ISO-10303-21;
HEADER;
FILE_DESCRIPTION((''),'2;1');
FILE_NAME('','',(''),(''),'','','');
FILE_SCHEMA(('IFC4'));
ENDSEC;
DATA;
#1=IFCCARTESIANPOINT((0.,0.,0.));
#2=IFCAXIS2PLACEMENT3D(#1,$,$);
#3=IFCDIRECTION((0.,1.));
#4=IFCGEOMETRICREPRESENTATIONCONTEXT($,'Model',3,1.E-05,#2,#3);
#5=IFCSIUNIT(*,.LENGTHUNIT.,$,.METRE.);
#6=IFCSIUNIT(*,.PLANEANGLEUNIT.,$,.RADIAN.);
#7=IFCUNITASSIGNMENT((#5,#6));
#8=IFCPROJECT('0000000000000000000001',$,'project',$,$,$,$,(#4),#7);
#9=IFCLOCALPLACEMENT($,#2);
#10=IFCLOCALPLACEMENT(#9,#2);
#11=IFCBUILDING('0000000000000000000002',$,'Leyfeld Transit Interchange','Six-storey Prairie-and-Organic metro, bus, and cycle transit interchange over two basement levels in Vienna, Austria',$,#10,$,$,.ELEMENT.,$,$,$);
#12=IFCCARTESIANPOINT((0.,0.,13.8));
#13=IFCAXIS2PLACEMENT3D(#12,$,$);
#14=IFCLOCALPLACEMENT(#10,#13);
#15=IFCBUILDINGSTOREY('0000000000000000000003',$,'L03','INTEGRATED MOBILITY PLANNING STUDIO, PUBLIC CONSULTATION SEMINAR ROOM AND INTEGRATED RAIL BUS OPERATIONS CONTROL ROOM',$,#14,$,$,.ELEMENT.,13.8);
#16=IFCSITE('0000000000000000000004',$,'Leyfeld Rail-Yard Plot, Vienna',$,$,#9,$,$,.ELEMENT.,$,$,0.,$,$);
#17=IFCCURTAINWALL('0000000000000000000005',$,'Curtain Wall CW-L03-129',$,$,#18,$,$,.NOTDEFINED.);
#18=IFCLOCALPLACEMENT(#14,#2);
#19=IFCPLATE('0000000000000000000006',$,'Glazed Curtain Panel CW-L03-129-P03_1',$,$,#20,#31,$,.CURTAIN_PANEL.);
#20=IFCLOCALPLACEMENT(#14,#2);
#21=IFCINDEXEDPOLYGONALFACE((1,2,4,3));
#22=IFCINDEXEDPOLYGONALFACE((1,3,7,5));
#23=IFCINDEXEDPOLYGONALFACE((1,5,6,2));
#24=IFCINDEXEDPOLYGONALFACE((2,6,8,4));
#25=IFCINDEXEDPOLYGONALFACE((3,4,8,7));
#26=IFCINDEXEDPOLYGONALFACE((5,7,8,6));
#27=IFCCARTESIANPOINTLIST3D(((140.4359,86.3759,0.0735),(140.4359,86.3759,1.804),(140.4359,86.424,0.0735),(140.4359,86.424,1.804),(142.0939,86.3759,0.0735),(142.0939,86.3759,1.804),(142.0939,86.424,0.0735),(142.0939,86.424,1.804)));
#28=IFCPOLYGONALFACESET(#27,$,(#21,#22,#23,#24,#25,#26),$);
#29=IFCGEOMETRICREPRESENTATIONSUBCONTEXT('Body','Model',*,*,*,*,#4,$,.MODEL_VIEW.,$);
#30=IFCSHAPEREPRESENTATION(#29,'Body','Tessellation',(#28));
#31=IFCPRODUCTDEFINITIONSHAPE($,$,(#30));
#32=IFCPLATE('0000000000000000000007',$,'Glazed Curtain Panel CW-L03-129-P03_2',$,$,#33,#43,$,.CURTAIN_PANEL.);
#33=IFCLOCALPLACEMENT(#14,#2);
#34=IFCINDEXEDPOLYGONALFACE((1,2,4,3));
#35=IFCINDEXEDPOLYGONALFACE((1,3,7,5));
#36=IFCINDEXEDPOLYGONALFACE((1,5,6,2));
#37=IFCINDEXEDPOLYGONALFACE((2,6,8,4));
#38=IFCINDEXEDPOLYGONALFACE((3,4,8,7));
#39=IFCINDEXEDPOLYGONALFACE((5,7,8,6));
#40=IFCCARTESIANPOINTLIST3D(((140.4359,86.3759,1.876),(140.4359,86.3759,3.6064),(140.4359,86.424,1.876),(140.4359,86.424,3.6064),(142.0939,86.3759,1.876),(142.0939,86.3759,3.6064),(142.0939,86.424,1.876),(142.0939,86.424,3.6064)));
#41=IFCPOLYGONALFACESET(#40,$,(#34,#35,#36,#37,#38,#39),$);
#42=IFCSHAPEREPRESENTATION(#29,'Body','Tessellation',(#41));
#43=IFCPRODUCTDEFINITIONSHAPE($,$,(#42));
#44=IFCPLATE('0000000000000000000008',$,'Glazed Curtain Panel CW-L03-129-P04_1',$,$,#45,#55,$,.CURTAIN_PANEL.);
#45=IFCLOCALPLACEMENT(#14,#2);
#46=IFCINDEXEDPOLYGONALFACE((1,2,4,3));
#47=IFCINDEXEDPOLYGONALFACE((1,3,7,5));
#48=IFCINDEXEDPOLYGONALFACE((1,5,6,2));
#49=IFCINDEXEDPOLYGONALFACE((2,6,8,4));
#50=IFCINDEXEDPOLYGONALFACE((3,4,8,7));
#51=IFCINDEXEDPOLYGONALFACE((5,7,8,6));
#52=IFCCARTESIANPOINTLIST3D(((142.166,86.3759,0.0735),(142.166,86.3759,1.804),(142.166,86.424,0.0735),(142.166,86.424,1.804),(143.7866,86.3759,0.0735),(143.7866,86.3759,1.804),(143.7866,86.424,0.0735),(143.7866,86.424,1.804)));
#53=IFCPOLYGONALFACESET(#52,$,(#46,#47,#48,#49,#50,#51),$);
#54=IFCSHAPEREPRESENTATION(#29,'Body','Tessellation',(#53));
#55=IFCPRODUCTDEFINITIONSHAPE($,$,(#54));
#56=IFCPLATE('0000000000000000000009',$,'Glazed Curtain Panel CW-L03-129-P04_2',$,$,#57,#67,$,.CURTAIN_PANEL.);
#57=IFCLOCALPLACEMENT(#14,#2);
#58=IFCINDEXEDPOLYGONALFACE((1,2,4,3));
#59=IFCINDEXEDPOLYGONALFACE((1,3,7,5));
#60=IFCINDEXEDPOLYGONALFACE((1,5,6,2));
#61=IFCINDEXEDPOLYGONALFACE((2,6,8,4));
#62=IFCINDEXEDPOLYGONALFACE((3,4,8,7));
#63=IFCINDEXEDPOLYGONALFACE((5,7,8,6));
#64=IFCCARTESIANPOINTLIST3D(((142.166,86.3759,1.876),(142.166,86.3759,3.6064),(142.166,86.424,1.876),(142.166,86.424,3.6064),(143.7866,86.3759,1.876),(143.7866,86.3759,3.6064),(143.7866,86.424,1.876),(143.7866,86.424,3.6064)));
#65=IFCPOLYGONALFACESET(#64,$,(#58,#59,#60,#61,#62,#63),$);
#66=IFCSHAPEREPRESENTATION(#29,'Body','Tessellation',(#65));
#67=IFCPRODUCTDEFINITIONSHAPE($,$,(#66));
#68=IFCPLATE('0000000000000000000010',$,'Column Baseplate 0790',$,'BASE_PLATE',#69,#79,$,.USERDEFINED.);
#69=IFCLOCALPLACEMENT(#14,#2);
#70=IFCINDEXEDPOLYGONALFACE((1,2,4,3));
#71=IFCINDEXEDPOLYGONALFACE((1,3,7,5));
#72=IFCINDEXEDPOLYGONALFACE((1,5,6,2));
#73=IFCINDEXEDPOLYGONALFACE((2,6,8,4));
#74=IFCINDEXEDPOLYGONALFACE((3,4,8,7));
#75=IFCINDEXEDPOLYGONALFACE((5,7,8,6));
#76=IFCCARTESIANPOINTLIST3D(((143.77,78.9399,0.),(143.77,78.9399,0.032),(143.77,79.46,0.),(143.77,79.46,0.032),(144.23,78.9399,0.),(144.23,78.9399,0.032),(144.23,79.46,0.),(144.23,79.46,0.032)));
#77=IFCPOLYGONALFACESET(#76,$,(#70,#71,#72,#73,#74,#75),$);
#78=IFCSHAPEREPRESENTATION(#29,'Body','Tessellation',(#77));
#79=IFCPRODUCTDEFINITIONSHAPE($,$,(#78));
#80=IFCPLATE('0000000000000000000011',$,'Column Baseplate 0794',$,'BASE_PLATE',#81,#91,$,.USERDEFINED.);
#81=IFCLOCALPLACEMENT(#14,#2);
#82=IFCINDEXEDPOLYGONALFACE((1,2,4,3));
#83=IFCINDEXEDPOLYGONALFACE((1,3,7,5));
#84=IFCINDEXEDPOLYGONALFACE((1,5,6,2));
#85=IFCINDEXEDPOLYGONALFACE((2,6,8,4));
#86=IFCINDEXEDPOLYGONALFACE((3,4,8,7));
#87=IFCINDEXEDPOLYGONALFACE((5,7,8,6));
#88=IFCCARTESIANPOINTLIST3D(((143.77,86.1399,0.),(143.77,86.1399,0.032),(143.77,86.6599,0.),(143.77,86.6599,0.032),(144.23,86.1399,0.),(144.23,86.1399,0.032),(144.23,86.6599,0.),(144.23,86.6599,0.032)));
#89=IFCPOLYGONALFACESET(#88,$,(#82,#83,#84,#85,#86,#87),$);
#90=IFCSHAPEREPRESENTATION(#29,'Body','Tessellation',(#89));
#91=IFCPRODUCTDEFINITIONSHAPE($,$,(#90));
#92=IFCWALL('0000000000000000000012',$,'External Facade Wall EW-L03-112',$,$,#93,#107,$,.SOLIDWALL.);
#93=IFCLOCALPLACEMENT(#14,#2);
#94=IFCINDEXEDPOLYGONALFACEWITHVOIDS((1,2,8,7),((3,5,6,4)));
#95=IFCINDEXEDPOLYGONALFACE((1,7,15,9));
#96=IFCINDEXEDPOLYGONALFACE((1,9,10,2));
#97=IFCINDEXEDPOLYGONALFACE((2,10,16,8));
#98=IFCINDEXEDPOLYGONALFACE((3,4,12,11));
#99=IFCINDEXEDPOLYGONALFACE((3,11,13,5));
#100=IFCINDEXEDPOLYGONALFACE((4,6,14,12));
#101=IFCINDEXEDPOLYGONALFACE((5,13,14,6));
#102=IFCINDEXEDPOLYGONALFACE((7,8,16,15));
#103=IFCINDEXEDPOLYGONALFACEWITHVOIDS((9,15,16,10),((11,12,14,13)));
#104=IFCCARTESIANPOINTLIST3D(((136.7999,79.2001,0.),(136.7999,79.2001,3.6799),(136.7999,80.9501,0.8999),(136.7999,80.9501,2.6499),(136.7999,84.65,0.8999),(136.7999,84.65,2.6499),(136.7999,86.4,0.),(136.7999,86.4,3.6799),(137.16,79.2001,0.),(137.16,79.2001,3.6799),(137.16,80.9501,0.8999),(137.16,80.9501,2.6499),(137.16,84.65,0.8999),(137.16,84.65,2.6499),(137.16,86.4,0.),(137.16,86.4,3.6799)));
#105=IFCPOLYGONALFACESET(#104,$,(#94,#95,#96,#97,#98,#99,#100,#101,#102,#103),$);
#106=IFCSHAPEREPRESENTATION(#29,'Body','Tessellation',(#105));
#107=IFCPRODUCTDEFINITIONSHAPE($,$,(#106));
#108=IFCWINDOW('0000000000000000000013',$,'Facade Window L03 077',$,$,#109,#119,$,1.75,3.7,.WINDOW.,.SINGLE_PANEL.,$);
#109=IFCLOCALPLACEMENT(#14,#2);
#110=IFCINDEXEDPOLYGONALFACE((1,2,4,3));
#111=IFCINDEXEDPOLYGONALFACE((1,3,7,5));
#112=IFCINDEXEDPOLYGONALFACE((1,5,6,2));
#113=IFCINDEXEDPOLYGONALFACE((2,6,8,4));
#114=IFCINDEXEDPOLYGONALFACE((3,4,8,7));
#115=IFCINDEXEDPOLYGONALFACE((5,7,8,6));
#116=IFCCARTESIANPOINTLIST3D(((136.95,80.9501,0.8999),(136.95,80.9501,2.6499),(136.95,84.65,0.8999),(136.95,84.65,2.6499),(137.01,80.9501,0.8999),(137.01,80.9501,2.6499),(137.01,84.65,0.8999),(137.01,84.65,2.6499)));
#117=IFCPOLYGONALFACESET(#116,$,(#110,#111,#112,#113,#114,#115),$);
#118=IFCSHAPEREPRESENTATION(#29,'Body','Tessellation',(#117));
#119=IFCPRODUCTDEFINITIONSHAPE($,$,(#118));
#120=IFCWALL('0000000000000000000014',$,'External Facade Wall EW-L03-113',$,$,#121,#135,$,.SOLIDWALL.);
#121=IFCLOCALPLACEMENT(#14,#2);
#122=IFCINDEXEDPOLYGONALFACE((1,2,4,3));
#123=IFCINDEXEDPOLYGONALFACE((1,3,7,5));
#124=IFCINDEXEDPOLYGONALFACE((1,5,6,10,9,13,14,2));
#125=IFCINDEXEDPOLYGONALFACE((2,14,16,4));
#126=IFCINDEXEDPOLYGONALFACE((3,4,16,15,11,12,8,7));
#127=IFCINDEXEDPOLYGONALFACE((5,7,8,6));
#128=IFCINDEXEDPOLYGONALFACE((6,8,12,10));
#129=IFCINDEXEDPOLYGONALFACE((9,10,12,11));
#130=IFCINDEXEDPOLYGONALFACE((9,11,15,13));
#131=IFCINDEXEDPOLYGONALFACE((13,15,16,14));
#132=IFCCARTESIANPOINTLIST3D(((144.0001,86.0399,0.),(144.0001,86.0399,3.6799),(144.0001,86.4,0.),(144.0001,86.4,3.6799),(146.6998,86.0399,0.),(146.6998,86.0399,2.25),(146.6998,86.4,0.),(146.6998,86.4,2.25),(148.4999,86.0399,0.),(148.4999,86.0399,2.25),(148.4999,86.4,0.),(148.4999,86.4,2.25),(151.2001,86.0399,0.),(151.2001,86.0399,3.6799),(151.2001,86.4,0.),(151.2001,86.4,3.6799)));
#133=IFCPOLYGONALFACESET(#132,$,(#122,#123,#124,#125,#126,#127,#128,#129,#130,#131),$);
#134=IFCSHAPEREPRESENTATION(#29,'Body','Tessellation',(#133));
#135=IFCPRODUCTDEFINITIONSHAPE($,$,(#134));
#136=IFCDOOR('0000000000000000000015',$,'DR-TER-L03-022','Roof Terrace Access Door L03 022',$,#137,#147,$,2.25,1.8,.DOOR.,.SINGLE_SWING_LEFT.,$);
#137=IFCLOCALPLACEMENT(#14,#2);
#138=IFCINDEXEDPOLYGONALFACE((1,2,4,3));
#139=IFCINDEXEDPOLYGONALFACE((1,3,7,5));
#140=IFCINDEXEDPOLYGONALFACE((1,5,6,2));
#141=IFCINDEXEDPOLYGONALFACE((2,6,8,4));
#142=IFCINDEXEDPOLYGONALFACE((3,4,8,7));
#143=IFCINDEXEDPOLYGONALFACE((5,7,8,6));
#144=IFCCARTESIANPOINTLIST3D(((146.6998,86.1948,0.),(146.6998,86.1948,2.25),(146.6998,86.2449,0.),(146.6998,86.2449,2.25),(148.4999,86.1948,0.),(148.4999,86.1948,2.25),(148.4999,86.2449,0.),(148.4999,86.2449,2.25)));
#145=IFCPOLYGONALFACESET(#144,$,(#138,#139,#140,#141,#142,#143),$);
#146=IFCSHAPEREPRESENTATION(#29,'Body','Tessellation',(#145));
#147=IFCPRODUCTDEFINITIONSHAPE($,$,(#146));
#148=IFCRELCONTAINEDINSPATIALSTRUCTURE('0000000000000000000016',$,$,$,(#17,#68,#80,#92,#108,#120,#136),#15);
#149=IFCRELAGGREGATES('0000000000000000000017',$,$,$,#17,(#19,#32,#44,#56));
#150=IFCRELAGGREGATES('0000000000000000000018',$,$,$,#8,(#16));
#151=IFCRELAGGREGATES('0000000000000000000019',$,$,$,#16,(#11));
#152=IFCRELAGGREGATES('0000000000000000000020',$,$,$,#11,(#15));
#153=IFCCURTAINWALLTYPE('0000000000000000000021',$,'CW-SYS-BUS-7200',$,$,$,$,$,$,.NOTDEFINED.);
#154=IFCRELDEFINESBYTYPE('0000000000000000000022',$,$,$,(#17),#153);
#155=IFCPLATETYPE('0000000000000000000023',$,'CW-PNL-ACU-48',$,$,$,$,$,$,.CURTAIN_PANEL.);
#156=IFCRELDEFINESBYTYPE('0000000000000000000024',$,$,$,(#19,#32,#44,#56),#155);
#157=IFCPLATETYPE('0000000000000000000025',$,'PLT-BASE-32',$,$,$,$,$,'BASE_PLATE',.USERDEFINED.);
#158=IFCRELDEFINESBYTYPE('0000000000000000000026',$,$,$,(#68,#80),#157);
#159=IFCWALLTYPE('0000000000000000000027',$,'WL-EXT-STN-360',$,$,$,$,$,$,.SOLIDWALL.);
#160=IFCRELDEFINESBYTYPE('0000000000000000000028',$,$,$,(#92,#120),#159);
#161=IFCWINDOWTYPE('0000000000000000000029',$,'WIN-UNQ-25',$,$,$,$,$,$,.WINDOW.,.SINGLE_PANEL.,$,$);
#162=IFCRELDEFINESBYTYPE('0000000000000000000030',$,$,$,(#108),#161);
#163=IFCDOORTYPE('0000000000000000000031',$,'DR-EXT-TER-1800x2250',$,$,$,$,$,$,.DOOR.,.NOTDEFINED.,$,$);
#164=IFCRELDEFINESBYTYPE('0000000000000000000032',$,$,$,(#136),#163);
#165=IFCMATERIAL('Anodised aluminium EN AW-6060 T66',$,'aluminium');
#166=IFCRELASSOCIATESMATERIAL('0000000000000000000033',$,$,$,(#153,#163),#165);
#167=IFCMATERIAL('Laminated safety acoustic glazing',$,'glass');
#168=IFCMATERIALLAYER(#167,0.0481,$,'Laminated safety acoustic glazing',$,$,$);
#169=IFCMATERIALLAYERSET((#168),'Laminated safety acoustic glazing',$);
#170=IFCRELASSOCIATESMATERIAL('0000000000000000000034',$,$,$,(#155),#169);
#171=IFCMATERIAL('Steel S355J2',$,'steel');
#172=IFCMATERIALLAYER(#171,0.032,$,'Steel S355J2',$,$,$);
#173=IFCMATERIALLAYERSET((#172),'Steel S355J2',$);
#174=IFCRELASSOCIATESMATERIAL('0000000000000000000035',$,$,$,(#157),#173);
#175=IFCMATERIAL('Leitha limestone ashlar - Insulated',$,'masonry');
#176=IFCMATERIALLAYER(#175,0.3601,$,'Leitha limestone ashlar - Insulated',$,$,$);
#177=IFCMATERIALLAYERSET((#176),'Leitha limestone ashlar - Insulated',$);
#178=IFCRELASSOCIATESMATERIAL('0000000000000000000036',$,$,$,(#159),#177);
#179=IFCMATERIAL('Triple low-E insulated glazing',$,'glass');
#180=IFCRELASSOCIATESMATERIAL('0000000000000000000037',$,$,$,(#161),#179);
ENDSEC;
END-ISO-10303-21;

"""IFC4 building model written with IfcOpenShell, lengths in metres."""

from ifc_helpers import new_model, si_unit, direction, frame, frame_2d, origin, origin_2d, place, context, subcontext, project, spatial, rectangle, extrude, material, layer, layer_set, type_object, element, fill, aggregate, save


model = new_model("IFC4")

# Units and contexts
model_context = context("Model", 3, precision=1e-05, world=origin(), true_north=direction((0.0, 1.0)))
body_context = subcontext(model_context, "Body", "Model", "MODEL_VIEW")
ifc_project = project(units=[si_unit("LENGTHUNIT", "METRE"), si_unit("PLANEANGLEUNIT", "RADIAN")], contexts=[model_context])

# Site, building, storey
site_placement = place(None, origin())
site = spatial("IfcSite", under=ifc_project, at=site_placement, Name="Leyfeld Rail-Yard Plot, Vienna", CompositionType="ELEMENT", RefElevation=0.0)
building_placement = place(site_placement, origin())
building = spatial("IfcBuilding", under=site, at=building_placement, Name="Leyfeld Transit Interchange", Description="Six-storey Prairie-and-Organic metro, bus, and cycle transit interchange over two basement levels in Vienna, Austria", CompositionType="ELEMENT")
storey_placement = place(building_placement, frame((0.0, 0.0, 13.8)))
storey = spatial("IfcBuildingStorey", under=building, at=storey_placement, Name="L03", Description="INTEGRATED MOBILITY PLANNING STUDIO, PUBLIC CONSULTATION SEMINAR ROOM AND INTEGRATED RAIL BUS OPERATIONS CONTROL ROOM", CompositionType="ELEMENT", Elevation=13.8)

# Shared definitions
ifc_material_1 = material(Name="Steel S355J2", Category="steel")

# Curtain wall, plates
ifc_material_2 = material(Name="Anodised aluminium EN AW-6060 T66", Category="aluminium")
curtain_wall_type = type_object("IfcCurtainWallType", Name="CW-SYS-BUS-7200", PredefinedType="NOTDEFINED", material=ifc_material_2)
curtain_wall_placement = place(storey_placement, origin())
curtain_wall = element("IfcCurtainWall", 1, at=curtain_wall_placement, inside=storey, type_object=curtain_wall_type, Name="Curtain Wall CW-L03-129", PredefinedType="NOTDEFINED")
ifc_material_3 = material(Name="Laminated safety acoustic glazing", Category="glass")
ifc_layer_1 = layer(ifc_material_3, 0.0481, Name="Laminated safety acoustic glazing")
ifc_layer_set_1 = layer_set([ifc_layer_1], Name="Laminated safety acoustic glazing")
plate_type_1 = type_object("IfcPlateType", Name="CW-PNL-ACU-48", PredefinedType="CURTAIN_PANEL", material=ifc_layer_set_1)
plate_1_placement = place(storey_placement, frame((141.2649, 86.3999, 0.0735), z_axis=(0.0, 0.0, 1.0), x_axis=(1.0, 0.0, 0.0)))
plate_1 = element("IfcPlate", 2, at=plate_1_placement, type_object=plate_type_1, Name="Glazed Curtain Panel CW-L03-129-P03_1", PredefinedType="CURTAIN_PANEL", context=body_context, shape_type="SweptSolid", body=[
    extrude(rectangle(XDim=1.658, YDim=0.0481, at=origin_2d()), origin(), (0.0, 0.0, 1.0), 1.7305),
])
plate_2_placement = place(storey_placement, frame((141.2649, 86.3999, 1.876), z_axis=(0.0, 0.0, 1.0), x_axis=(1.0, 0.0, 0.0)))
plate_2 = element("IfcPlate", 3, at=plate_2_placement, type_object=plate_type_1, Name="Glazed Curtain Panel CW-L03-129-P03_2", PredefinedType="CURTAIN_PANEL", context=body_context, shape_type="SweptSolid", body=[
    extrude(rectangle(XDim=1.658, YDim=0.0481, at=origin_2d()), origin(), (0.0, 0.0, 1.0), 1.7305),
])
plate_3_placement = place(storey_placement, frame((142.9763, 86.3999, 0.0735), z_axis=(0.0, 0.0, 1.0), x_axis=(1.0, 0.0, 0.0)))
plate_3 = element("IfcPlate", 4, at=plate_3_placement, type_object=plate_type_1, Name="Glazed Curtain Panel CW-L03-129-P04_1", PredefinedType="CURTAIN_PANEL", context=body_context, shape_type="SweptSolid", body=[
    extrude(rectangle(XDim=1.6206, YDim=0.0481, at=origin_2d()), origin(), (0.0, 0.0, 1.0), 1.7305),
])
plate_4_placement = place(storey_placement, frame((142.9763, 86.3999, 1.876), z_axis=(0.0, 0.0, 1.0), x_axis=(1.0, 0.0, 0.0)))
plate_4 = element("IfcPlate", 5, at=plate_4_placement, type_object=plate_type_1, Name="Glazed Curtain Panel CW-L03-129-P04_2", PredefinedType="CURTAIN_PANEL", context=body_context, shape_type="SweptSolid", body=[
    extrude(rectangle(XDim=1.6206, YDim=0.0481, at=origin_2d()), origin(), (0.0, 0.0, 1.0), 1.7305),
])
aggregate(curtain_wall, [plate_1, plate_2, plate_3, plate_4])

# Plates
ifc_layer_2 = layer(ifc_material_1, 0.032, Name="Steel S355J2")
ifc_layer_set_2 = layer_set([ifc_layer_2], Name="Steel S355J2")
plate_type_2 = type_object("IfcPlateType", Name="PLT-BASE-32", ElementType="BASE_PLATE", PredefinedType="USERDEFINED", material=ifc_layer_set_2)
for number, where, z_axis, x_axis, name in (
    (6, (144.0, 79.2, 0.0), (0.0, 0.0, 1.0), (1.0, 0.0, 0.0), "Column Baseplate 0790"),
    (7, (144.0, 86.3999, 0.0), (0.0, 0.0, 1.0), (1.0, 0.0, 0.0), "Column Baseplate 0794"),
):
    element("IfcPlate", number, at=place(storey_placement, frame(where, z_axis=z_axis, x_axis=x_axis)), inside=storey, type_object=plate_type_2, Name=name, ObjectType="BASE_PLATE", PredefinedType="USERDEFINED", context=body_context, shape_type="SweptSolid", body=[
        extrude(rectangle(XDim=0.46, YDim=0.52, at=origin_2d()), origin(), (0.0, 0.0, 1.0), 0.032),
    ])

# Wall, opening, window
ifc_material_4 = material(Name="Leitha limestone ashlar - Insulated", Category="masonry")
ifc_layer_3 = layer(ifc_material_4, 0.3601, Name="Leitha limestone ashlar - Insulated")
ifc_layer_set_3 = layer_set([ifc_layer_3], Name="Leitha limestone ashlar - Insulated")
wall_type = type_object("IfcWallType", Name="WL-EXT-STN-360", PredefinedType="SOLIDWALL", material=ifc_layer_set_3)
wall_1_placement = place(storey_placement, frame((136.98, 79.2, 0.0), z_axis=(0.0, 0.0, 1.0), x_axis=(0.0, 1.0, 0.0)))
wall_1 = element("IfcWall", 8, at=wall_1_placement, inside=storey, type_object=wall_type, Name="External Facade Wall EW-L03-112", PredefinedType="SOLIDWALL", context=body_context, shape_type="SweptSolid", body=[
    extrude(rectangle(XDim=7.2, YDim=0.3601, at=frame_2d((3.6001, 0.0))), origin(), (0.0, 0.0, 1.0), 3.6799),
])
opening_1_placement = place(wall_1_placement, frame((1.75, 0.0, 0.8999)))
opening_1 = element("IfcOpeningElement", 9, at=opening_1_placement, cuts=wall_1, PredefinedType="OPENING", context=body_context, shape_type="SweptSolid", body=[
    extrude(rectangle(XDim=3.7, YDim=1.75, at=frame_2d((1.8501, 0.875))), frame((0.0, 0.1899, 0.0), z_axis=(0.0, -1.0, 0.0), x_axis=(1.0, 0.0, 0.0)), (0.0, 0.0, 1.0), 0.3801),
])
ifc_material_5 = material(Name="Triple low-E insulated glazing", Category="glass")
window_type = type_object("IfcWindowType", Name="WIN-UNQ-25", PartitioningType="SINGLE_PANEL", PredefinedType="WINDOW", material=ifc_material_5)
window_placement = place(opening_1_placement, origin())
window = element("IfcWindow", 10, at=window_placement, inside=storey, type_object=window_type, Name="Facade Window L03 077", OverallHeight=1.75, OverallWidth=3.7, PartitioningType="SINGLE_PANEL", PredefinedType="WINDOW", context=body_context, shape_type="SweptSolid", body=[
    extrude(rectangle(XDim=3.7, YDim=1.75, at=frame_2d((1.8501, 0.875))), frame((0.0, 0.03, 0.0), z_axis=(0.0, -1.0, 0.0), x_axis=(1.0, 0.0, 0.0)), (0.0, 0.0, 1.0), 0.0601),
])
fill(opening_1, window)

# Wall, opening, door
wall_2_placement = place(storey_placement, frame((144.0, 86.22, 0.0), z_axis=(0.0, 0.0, 1.0), x_axis=(1.0, 0.0, 0.0)))
wall_2 = element("IfcWall", 11, at=wall_2_placement, inside=storey, type_object=wall_type, Name="External Facade Wall EW-L03-113", PredefinedType="SOLIDWALL", context=body_context, shape_type="SweptSolid", body=[
    extrude(rectangle(XDim=7.2, YDim=0.3601, at=frame_2d((3.6001, 0.0))), origin(), (0.0, 0.0, 1.0), 3.6799),
])
opening_2_placement = place(wall_2_placement, frame((2.7, 0.0, 0.0)))
opening_2 = element("IfcOpeningElement", 12, at=opening_2_placement, cuts=wall_2, PredefinedType="OPENING", context=body_context, shape_type="SweptSolid", body=[
    extrude(rectangle(XDim=1.8, YDim=2.25, at=frame_2d((0.8999, 1.125))), frame((0.0, 0.1899, 0.0), z_axis=(0.0, -1.0, 0.0), x_axis=(1.0, 0.0, 0.0)), (0.0, 0.0, 1.0), 0.3801),
])
door_type = type_object("IfcDoorType", Name="DR-EXT-TER-1800x2250", OperationType="NOTDEFINED", PredefinedType="DOOR", material=ifc_material_2)
door_placement = place(opening_2_placement, origin())
door = element("IfcDoor", 13, at=door_placement, inside=storey, type_object=door_type, Name="DR-TER-L03-022", Description="Roof Terrace Access Door L03 022", OperationType="SINGLE_SWING_LEFT", OverallHeight=2.25, OverallWidth=1.8, PredefinedType="DOOR", context=body_context, shape_type="SweptSolid", body=[
    extrude(rectangle(XDim=1.8, YDim=2.25, at=frame_2d((0.8999, 1.125))), frame((0.0, 0.0249, 0.0), z_axis=(0.0, -1.0, 0.0), x_axis=(1.0, 0.0, 0.0)), (0.0, 0.0, 1.0), 0.05),
])
fill(opening_2, door)

save(model, "model.ifc")
